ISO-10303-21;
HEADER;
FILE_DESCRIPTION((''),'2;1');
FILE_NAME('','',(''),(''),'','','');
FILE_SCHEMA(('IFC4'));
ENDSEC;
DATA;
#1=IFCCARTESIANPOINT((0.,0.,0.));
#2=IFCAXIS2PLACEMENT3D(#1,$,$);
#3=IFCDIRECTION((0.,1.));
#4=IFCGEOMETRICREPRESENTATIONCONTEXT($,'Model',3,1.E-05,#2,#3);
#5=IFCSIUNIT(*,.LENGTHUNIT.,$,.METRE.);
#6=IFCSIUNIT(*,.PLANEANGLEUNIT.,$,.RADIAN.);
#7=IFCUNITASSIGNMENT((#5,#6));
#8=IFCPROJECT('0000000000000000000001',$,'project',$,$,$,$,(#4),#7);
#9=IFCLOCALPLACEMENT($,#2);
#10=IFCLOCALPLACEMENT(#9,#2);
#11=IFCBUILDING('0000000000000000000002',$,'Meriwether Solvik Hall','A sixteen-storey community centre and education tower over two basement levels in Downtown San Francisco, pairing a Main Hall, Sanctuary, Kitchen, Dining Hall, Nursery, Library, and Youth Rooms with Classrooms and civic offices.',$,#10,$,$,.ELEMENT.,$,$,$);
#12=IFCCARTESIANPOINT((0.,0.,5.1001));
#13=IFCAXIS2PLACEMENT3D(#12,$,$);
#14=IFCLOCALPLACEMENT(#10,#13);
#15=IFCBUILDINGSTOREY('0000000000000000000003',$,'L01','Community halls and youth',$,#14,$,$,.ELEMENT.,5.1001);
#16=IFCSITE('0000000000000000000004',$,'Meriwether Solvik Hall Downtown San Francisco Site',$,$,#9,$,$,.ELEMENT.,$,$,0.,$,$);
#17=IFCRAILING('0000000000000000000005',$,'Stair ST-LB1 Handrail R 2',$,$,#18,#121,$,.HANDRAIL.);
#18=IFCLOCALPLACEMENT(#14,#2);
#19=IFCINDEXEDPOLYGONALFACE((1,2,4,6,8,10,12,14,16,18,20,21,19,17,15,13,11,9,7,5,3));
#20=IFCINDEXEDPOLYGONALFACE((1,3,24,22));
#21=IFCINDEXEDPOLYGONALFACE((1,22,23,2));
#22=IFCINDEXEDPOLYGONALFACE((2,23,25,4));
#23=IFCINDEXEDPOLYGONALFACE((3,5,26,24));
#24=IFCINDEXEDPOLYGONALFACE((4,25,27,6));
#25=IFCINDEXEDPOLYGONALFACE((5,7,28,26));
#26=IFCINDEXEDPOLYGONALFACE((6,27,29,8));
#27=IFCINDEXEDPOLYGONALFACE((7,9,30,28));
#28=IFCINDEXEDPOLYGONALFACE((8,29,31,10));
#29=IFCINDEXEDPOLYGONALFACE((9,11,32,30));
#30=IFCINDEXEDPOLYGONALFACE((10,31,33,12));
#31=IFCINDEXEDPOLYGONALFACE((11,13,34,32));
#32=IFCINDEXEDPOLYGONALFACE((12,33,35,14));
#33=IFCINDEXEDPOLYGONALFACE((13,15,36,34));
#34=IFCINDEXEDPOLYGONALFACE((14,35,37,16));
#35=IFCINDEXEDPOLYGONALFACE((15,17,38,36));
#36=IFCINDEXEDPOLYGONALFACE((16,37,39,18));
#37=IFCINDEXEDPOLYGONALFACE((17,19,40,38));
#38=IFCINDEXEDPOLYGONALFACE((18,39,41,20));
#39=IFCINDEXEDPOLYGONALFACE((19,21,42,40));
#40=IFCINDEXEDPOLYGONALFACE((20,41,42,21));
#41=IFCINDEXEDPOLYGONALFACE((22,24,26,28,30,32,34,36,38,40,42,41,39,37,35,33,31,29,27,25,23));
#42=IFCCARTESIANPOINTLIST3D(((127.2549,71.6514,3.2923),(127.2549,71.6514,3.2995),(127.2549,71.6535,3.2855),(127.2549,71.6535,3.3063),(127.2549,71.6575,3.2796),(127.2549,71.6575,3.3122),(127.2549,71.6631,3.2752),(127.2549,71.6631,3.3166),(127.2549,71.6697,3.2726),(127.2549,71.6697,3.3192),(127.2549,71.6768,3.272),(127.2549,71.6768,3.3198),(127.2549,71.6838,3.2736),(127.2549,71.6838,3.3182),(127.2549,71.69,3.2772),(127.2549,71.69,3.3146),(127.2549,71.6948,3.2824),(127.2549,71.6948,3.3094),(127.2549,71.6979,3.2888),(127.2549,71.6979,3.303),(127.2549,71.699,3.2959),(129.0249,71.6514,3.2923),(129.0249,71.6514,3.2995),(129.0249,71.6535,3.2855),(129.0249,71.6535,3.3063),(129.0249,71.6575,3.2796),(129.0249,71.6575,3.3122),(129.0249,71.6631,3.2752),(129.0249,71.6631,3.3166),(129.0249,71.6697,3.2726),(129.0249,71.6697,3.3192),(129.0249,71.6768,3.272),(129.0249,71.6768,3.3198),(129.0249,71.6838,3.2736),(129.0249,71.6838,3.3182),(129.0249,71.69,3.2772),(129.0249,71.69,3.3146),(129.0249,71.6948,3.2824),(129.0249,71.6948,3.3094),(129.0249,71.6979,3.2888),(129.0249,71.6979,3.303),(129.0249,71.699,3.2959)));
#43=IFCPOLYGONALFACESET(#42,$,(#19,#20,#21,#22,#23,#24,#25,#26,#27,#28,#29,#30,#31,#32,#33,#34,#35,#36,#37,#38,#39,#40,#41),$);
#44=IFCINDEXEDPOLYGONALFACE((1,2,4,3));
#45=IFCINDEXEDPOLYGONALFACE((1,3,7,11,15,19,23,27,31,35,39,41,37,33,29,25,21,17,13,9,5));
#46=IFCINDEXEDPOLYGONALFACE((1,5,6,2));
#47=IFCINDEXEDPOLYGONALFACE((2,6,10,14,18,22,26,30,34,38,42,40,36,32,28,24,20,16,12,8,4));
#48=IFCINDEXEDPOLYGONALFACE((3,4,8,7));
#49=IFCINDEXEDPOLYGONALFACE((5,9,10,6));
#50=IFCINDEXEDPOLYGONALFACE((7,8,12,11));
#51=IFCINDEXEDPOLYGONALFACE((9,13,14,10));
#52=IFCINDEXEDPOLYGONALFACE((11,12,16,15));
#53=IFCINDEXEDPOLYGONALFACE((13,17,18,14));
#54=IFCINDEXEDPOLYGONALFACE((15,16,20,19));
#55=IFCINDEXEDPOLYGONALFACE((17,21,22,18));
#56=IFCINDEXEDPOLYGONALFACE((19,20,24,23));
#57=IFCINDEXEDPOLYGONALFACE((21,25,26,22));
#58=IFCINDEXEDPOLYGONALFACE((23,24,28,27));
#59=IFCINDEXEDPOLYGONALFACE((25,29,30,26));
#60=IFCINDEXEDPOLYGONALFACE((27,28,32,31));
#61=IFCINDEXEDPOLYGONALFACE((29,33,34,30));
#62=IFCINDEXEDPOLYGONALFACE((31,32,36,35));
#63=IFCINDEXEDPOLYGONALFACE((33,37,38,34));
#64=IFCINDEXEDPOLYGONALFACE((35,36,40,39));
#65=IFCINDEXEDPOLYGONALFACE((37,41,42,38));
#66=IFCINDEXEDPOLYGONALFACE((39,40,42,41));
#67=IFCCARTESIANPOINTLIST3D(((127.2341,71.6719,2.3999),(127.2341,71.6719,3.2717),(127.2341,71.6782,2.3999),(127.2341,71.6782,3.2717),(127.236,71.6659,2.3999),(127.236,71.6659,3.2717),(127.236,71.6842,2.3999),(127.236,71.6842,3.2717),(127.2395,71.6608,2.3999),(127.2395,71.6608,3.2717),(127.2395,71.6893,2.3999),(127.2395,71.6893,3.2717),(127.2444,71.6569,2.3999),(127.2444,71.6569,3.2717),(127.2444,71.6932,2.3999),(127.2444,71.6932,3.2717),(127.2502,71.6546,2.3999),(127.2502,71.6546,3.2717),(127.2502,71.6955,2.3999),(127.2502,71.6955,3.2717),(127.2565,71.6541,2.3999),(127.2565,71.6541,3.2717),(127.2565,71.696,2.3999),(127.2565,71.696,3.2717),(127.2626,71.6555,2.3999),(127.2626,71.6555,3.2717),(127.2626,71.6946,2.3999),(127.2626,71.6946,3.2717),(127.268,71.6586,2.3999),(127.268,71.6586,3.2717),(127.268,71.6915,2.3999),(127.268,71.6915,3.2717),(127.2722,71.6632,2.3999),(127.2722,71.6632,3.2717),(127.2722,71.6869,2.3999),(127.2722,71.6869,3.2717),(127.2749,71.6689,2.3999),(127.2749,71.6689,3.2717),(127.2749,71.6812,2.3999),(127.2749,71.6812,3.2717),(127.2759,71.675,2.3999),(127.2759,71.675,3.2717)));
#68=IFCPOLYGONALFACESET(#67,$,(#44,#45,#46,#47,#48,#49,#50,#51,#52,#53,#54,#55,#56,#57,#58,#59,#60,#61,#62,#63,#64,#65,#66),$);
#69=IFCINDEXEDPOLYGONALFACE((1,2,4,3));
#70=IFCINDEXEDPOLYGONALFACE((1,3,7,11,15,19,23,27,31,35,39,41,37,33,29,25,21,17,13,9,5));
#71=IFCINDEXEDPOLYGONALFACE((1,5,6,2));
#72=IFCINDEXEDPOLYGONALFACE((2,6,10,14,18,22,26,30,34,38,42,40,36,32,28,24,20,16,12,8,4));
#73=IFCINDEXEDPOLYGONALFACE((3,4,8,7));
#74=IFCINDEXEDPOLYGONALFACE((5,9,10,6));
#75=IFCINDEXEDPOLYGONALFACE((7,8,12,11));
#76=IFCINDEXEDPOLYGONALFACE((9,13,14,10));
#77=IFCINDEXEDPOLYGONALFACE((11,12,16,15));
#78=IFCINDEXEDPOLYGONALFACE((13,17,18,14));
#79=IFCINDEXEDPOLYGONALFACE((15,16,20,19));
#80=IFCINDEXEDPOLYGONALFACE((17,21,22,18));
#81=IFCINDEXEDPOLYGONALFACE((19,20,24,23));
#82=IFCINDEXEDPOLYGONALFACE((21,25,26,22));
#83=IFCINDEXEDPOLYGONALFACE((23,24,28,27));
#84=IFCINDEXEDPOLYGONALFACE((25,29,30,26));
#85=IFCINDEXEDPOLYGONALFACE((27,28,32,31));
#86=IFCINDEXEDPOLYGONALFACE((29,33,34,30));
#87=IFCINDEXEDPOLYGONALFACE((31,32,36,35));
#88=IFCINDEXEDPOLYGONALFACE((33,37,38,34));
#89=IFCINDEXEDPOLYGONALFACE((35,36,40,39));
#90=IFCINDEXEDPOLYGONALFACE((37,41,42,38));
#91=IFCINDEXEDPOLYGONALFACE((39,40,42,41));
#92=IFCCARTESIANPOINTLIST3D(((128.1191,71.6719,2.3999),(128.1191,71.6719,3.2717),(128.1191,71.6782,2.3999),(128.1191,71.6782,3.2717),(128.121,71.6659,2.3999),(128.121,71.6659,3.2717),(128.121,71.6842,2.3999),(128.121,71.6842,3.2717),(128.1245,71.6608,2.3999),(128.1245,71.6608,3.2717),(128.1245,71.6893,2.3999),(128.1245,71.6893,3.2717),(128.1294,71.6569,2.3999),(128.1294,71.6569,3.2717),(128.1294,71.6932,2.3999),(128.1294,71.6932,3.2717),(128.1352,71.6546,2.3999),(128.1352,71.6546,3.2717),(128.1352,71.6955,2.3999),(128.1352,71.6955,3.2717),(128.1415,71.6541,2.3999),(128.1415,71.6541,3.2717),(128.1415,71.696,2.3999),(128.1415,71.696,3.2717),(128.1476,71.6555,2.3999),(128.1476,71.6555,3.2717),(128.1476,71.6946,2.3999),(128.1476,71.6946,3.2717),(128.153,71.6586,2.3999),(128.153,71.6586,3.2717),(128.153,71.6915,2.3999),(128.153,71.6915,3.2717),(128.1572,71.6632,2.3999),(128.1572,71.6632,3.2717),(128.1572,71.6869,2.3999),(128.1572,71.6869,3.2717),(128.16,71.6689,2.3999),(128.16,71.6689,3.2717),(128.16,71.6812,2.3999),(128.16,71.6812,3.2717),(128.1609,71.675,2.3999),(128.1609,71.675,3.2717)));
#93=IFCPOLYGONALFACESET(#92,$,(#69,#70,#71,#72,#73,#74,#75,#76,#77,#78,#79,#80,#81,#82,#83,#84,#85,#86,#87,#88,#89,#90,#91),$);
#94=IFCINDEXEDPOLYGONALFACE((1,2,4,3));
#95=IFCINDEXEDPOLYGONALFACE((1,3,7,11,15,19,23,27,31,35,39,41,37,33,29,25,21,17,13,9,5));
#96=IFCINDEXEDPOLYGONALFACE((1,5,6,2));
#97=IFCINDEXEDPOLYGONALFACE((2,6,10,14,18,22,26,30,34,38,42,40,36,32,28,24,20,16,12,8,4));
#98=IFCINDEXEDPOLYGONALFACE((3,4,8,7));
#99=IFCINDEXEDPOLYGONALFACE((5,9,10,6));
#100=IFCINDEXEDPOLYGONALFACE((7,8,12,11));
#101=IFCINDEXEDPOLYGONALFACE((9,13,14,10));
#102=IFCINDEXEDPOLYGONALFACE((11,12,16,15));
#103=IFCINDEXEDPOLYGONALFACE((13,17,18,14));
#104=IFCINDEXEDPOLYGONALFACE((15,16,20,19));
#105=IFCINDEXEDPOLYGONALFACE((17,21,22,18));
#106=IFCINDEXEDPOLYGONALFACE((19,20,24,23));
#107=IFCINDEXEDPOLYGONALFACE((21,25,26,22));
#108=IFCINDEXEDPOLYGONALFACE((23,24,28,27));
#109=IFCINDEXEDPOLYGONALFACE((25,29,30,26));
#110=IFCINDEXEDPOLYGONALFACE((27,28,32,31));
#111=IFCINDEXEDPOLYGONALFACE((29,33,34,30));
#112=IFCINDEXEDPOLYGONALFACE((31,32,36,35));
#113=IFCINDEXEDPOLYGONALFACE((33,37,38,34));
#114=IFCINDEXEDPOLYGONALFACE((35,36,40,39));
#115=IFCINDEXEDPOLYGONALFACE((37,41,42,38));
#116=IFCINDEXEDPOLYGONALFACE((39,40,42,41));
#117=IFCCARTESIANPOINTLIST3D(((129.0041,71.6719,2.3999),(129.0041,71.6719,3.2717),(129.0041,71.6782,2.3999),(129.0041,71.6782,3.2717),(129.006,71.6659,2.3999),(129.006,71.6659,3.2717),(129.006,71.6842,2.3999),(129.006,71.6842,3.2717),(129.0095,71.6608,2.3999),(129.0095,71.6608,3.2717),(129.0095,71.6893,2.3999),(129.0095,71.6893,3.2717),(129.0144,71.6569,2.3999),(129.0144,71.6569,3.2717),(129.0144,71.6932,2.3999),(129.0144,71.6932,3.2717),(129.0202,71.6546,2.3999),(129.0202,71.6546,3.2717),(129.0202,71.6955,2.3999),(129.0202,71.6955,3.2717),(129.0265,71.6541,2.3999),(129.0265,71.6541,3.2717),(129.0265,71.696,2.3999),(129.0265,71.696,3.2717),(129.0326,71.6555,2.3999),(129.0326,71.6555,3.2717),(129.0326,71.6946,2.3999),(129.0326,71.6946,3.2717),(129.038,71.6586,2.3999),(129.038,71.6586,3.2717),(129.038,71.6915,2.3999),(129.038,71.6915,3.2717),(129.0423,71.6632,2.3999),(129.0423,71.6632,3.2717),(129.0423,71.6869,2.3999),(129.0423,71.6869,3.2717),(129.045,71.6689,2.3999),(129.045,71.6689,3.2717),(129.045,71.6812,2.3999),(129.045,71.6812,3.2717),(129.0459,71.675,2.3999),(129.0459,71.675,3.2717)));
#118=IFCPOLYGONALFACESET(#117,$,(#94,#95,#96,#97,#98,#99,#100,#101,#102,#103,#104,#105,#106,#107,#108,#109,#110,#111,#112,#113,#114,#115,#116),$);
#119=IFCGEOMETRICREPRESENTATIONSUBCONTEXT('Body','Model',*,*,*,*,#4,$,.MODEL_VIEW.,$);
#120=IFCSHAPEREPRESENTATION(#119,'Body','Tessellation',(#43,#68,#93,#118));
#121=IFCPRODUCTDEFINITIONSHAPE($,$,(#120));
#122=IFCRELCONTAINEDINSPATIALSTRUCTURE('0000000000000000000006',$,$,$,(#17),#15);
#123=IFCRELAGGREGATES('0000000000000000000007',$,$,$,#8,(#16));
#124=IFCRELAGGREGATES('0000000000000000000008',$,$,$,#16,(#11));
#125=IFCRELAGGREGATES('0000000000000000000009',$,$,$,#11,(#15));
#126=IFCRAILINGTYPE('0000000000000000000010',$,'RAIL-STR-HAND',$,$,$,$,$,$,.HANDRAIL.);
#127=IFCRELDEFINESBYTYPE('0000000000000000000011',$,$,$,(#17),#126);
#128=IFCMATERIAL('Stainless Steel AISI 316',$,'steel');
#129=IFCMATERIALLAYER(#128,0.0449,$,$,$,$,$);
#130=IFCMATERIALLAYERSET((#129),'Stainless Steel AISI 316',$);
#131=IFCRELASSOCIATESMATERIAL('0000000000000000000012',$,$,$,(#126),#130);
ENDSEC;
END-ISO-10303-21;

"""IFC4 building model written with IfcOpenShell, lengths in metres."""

from ifc_helpers import new_model, si_unit, direction, frame, origin, origin_2d, place, context, subcontext, project, spatial, circle, extrude, material, layer, layer_set, type_object, element, save


model = new_model("IFC4")

# Units and contexts
model_context = context("Model", 3, precision=1e-05, world=origin(), true_north=direction((0.0, 1.0)))
body_context = subcontext(model_context, "Body", "Model", "MODEL_VIEW")
ifc_project = project(units=[si_unit("LENGTHUNIT", "METRE"), si_unit("PLANEANGLEUNIT", "RADIAN")], contexts=[model_context])

# Site, building, storey
site_placement = place(None, origin())
site = spatial("IfcSite", under=ifc_project, at=site_placement, Name="Meriwether Solvik Hall Downtown San Francisco Site", CompositionType="ELEMENT", RefElevation=0.0)
building_placement = place(site_placement, origin())
building = spatial("IfcBuilding", under=site, at=building_placement, Name="Meriwether Solvik Hall", Description="A sixteen-storey community centre and education tower over two basement levels in Downtown San Francisco, pairing a Main Hall, Sanctuary, Kitchen, Dining Hall, Nursery, Library, and Youth Rooms with Classrooms and civic offices.", CompositionType="ELEMENT")
storey_placement = place(building_placement, frame((0.0, 0.0, 5.1001)))
storey = spatial("IfcBuildingStorey", under=building, at=storey_placement, Name="L01", Description="Community halls and youth", CompositionType="ELEMENT", Elevation=5.1001)

# Railing
ifc_material_1 = material(Name="Stainless Steel AISI 316", Category="steel")
ifc_layer_1 = layer(ifc_material_1, 0.0449)
ifc_layer_set_1 = layer_set([ifc_layer_1], Name="Stainless Steel AISI 316")
railing_type_1 = type_object("IfcRailingType", Name="RAIL-STR-HAND", PredefinedType="HANDRAIL", material=ifc_layer_set_1)
railing_1_placement = place(storey_placement, frame((127.2549, 71.675, 2.3999)))
element("IfcRailing", 1, at=railing_1_placement, inside=storey, type_object=railing_type_1, Name="Stair ST-LB1 Handrail R 2", PredefinedType="HANDRAIL", context=body_context, shape_type="SweptSolid", body=[
    extrude(circle(Radius=0.0239, at=origin_2d()), frame((0.0, 0.0, 0.896), z_axis=(1.0, 0.0, 0.0), x_axis=(0.0, 1.0, 0.0)), (0.0, 0.0, 1.0), 1.77),
    extrude(circle(Radius=0.021, at=origin_2d()), origin(), (0.0, 0.0, 1.0), 0.8718),
    extrude(circle(Radius=0.021, at=origin_2d()), frame((0.885, 0.0, 0.0)), (0.0, 0.0, 1.0), 0.8718),
    extrude(circle(Radius=0.021, at=origin_2d()), frame((1.77, 0.0, 0.0)), (0.0, 0.0, 1.0), 0.8718),
])

save(model, "model.ifc")
